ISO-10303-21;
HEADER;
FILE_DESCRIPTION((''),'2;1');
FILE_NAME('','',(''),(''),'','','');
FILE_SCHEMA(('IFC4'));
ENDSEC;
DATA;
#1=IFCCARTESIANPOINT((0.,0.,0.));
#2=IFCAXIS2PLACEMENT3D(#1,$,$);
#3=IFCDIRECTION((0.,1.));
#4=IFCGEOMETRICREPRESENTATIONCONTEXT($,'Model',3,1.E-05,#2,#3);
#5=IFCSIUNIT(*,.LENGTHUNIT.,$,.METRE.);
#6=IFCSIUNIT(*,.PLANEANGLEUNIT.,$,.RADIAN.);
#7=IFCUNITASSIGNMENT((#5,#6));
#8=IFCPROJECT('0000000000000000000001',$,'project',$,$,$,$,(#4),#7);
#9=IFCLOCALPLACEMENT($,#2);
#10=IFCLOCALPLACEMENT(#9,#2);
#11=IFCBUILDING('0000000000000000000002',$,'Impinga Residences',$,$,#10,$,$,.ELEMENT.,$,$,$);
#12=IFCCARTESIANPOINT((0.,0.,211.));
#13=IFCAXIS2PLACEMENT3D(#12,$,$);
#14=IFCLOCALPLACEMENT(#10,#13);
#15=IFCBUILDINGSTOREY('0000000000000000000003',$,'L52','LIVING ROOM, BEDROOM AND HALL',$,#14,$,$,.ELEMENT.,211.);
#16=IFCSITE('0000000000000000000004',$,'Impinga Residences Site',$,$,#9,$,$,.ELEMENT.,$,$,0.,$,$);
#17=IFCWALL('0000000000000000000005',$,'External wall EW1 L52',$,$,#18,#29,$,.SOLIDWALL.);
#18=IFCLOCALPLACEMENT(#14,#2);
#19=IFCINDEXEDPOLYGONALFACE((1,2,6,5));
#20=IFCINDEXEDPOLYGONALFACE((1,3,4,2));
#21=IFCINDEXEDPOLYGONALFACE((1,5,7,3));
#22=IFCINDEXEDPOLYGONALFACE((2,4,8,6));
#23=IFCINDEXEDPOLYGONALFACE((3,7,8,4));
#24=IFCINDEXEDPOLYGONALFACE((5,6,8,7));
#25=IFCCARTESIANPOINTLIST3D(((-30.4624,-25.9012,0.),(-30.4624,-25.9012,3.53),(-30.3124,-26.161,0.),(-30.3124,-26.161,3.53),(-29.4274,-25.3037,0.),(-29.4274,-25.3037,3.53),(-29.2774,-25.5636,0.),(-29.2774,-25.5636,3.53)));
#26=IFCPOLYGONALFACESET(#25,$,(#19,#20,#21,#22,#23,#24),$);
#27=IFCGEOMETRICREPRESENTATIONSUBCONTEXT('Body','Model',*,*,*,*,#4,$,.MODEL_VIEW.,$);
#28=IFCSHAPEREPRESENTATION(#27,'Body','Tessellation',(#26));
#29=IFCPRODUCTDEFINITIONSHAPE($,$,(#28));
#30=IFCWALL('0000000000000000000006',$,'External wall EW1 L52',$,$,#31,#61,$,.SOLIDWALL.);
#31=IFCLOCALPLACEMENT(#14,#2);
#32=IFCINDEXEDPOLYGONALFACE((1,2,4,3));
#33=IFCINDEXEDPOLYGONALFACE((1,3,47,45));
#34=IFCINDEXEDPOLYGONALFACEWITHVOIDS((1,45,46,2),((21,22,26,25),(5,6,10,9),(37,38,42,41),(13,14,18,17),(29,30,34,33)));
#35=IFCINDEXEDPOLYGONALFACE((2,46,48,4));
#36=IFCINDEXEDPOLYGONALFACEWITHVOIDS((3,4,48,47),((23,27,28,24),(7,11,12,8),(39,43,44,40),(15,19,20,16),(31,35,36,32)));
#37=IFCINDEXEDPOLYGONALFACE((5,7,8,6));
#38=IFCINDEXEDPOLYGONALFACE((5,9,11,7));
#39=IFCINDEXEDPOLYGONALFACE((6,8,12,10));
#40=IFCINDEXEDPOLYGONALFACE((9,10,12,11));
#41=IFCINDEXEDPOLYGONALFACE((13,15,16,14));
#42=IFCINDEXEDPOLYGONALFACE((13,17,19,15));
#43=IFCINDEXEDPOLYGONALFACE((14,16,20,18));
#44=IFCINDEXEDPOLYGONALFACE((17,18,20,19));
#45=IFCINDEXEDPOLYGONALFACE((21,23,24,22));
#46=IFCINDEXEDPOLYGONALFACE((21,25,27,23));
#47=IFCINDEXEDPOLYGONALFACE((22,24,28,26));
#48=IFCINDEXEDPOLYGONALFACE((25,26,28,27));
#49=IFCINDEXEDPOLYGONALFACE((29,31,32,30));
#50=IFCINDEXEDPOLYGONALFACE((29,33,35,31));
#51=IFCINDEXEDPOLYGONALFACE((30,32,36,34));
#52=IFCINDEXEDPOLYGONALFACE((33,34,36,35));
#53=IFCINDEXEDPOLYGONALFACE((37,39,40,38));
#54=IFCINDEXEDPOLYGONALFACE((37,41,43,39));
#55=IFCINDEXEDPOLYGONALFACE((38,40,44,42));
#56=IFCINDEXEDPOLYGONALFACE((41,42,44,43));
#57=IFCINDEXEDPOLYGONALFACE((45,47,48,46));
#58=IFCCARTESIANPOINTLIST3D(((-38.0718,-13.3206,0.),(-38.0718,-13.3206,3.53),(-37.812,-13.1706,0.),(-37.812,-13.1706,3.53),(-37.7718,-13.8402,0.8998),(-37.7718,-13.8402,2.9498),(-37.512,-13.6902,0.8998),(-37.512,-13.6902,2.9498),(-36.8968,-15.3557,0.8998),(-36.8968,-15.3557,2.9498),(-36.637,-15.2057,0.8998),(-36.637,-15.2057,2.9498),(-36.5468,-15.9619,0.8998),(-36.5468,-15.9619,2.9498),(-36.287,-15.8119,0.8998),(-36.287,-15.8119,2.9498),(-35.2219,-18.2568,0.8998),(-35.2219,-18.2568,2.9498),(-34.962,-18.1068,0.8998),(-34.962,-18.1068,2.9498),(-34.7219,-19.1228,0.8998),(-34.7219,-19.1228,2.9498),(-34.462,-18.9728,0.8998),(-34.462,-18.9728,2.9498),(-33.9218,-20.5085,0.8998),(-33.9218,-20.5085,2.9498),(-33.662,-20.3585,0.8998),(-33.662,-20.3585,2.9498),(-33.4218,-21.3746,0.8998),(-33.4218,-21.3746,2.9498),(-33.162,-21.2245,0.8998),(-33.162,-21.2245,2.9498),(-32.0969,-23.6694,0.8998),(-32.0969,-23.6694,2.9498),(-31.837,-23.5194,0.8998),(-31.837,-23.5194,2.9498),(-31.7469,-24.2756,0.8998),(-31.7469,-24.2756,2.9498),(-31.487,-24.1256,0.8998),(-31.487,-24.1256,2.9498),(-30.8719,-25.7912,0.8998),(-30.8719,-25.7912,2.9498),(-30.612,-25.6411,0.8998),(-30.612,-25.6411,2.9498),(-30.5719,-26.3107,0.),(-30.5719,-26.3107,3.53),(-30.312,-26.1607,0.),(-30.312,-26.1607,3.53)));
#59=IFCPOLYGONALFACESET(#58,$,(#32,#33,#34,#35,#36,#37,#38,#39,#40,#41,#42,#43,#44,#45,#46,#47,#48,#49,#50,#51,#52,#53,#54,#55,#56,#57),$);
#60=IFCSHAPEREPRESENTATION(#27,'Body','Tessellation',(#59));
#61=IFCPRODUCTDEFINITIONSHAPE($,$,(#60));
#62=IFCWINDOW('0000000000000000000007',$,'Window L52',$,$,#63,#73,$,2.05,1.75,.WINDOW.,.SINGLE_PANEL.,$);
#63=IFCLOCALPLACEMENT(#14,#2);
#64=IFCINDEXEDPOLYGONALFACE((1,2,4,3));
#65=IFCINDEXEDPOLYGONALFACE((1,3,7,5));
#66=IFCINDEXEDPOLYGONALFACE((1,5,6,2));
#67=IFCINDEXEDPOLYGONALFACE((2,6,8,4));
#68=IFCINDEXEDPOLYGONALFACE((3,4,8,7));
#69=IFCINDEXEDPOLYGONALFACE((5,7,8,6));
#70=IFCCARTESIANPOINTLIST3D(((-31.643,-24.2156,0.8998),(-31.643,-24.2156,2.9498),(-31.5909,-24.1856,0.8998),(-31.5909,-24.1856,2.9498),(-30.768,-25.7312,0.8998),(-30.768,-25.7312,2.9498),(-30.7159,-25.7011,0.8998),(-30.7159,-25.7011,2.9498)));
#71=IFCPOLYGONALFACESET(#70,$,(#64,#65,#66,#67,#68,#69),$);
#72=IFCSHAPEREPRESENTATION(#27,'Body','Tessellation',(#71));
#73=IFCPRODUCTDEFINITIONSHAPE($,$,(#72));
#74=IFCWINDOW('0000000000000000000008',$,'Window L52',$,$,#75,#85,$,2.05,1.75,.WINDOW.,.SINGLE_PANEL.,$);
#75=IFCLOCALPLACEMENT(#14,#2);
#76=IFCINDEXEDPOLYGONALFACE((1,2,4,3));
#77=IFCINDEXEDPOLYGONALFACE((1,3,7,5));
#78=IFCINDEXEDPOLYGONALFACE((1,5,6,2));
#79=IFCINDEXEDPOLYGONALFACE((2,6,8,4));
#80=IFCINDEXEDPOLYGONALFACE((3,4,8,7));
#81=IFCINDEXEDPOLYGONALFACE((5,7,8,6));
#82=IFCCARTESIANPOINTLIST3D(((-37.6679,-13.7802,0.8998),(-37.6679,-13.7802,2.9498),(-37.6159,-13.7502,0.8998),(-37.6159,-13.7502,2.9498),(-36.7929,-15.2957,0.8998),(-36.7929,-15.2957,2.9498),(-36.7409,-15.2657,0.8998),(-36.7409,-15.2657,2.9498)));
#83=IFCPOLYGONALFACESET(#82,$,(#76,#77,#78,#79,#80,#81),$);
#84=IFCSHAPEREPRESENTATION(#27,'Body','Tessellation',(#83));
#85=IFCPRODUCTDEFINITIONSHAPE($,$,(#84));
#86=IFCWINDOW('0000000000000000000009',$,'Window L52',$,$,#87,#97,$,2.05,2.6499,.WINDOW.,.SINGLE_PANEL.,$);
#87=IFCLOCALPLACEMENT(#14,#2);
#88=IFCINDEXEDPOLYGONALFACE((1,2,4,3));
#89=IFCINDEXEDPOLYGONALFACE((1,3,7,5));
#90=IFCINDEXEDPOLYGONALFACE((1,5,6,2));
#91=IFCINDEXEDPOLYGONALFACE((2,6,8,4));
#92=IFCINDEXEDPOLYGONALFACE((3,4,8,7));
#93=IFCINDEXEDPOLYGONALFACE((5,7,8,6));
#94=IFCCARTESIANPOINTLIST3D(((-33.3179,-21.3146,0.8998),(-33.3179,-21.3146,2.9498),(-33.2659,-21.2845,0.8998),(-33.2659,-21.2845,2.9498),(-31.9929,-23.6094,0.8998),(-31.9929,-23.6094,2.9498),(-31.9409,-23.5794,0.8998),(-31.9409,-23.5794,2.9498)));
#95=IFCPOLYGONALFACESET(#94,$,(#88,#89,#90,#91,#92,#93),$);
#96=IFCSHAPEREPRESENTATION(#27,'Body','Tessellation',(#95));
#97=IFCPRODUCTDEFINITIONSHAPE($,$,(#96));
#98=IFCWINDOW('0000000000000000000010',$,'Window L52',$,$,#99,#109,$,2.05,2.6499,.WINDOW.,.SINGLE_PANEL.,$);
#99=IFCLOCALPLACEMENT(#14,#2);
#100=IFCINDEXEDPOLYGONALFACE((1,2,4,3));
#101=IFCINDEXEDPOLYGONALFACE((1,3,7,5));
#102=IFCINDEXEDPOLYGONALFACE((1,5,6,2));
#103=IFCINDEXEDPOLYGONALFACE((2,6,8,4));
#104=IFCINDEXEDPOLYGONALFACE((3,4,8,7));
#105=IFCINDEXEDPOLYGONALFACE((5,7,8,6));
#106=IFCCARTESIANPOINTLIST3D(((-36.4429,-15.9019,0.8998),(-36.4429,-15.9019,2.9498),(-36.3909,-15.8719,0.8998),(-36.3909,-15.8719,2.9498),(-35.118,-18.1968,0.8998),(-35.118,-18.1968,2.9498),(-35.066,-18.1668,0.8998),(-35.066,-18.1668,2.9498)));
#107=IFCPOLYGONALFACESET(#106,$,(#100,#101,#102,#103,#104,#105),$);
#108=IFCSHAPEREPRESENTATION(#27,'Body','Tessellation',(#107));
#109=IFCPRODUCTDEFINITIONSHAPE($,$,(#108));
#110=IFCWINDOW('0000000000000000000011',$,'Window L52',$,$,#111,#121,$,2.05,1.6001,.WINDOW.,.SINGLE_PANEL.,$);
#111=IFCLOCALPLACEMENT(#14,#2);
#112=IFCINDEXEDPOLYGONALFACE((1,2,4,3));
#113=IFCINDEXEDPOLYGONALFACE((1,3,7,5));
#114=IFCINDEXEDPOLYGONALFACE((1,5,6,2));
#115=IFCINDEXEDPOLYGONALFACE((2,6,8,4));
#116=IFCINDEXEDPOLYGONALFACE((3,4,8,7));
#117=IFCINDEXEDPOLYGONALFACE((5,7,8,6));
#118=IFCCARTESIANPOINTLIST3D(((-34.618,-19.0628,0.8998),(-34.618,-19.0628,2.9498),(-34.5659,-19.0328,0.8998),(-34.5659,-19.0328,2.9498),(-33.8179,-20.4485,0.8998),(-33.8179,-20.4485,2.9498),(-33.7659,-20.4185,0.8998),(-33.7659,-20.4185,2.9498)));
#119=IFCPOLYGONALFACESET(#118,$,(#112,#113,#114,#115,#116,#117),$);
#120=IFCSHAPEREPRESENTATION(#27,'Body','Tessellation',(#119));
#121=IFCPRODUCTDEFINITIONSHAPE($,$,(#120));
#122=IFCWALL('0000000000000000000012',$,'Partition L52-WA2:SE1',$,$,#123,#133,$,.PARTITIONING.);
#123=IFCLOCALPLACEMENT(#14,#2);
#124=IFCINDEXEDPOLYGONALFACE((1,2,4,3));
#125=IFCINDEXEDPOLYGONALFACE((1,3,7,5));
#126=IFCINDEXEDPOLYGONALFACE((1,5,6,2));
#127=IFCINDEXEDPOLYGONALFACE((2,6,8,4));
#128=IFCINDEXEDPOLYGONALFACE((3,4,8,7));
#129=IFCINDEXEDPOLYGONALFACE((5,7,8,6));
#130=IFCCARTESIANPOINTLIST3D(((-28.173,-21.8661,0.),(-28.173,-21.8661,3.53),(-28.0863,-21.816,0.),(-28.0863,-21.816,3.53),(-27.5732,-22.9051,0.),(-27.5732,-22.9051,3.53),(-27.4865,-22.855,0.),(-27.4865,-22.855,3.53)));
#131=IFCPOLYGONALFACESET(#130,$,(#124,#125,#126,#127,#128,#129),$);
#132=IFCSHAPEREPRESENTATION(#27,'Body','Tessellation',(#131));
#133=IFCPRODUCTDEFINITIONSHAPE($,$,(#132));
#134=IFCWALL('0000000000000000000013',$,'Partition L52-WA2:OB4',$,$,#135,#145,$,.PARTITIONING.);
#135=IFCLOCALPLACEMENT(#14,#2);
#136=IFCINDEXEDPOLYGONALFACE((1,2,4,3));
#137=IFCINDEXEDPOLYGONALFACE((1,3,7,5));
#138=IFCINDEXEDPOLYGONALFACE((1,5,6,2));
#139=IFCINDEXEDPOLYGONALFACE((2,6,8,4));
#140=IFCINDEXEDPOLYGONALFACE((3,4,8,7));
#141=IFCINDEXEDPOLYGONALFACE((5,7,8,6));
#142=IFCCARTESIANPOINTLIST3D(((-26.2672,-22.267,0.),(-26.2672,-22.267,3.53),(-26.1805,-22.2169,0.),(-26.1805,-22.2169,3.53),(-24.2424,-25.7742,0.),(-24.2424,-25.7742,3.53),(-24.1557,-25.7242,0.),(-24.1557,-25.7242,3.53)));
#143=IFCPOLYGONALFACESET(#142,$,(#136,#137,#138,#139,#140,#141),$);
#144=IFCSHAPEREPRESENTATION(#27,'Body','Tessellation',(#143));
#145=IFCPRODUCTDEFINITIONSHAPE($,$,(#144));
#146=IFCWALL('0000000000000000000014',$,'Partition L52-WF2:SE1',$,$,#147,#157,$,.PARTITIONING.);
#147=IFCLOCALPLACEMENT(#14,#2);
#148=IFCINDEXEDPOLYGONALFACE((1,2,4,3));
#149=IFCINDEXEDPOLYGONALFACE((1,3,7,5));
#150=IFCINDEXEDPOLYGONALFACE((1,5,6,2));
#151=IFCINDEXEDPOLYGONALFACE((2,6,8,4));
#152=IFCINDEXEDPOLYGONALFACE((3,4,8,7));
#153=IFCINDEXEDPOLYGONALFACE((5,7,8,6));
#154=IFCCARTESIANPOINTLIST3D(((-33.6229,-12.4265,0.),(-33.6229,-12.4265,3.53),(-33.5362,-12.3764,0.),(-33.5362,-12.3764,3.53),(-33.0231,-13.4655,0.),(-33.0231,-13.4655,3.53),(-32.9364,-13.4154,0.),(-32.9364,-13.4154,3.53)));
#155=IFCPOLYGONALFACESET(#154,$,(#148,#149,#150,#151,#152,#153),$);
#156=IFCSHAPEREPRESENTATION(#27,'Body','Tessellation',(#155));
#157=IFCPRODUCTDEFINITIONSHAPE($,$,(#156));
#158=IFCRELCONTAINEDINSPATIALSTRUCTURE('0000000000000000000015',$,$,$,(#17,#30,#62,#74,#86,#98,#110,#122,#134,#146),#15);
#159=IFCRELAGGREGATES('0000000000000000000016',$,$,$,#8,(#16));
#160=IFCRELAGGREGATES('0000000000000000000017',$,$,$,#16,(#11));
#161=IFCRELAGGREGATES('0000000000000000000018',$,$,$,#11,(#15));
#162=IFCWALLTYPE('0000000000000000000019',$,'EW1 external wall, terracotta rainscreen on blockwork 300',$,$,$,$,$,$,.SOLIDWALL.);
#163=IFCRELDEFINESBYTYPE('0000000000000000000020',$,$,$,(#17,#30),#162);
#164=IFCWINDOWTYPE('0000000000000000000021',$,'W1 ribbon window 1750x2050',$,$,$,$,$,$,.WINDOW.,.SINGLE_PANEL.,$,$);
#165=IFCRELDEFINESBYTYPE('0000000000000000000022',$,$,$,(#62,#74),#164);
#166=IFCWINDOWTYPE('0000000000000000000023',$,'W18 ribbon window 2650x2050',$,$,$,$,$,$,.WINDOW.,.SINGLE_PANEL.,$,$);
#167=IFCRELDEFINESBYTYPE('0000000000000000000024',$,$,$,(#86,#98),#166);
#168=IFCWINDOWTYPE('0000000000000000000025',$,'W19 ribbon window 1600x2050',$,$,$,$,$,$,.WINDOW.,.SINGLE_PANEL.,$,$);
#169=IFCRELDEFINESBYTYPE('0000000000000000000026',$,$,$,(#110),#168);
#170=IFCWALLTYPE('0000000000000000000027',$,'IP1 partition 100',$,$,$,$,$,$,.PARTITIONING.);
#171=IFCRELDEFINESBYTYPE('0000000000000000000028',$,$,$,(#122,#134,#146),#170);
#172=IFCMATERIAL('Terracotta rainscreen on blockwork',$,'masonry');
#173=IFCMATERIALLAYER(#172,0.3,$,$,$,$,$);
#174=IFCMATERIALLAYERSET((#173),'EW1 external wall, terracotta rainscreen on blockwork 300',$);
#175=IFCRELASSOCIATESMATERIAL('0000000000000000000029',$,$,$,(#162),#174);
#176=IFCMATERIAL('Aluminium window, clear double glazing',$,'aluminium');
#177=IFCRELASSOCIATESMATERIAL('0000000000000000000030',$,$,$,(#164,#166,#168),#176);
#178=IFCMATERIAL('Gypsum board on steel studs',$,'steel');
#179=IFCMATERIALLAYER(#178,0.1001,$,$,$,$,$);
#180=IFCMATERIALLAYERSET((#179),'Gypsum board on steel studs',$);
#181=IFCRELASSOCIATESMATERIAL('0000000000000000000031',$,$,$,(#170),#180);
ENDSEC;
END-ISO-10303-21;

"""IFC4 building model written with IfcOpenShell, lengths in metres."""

from ifc_helpers import new_model, si_unit, direction, frame, frame_2d, origin, place, context, subcontext, project, spatial, rectangle, extrude, material, layer, layer_set, type_object, element, fill, save


model = new_model("IFC4")

# Units and contexts
model_context = context("Model", 3, precision=1e-05, world=origin(), true_north=direction((0.0, 1.0)))
body_context = subcontext(model_context, "Body", "Model", "MODEL_VIEW")
ifc_project = project(units=[si_unit("LENGTHUNIT", "METRE"), si_unit("PLANEANGLEUNIT", "RADIAN")], contexts=[model_context])

# Site, building, storey
site_placement = place(None, origin())
site = spatial("IfcSite", under=ifc_project, at=site_placement, Name="Impinga Residences Site", CompositionType="ELEMENT", RefElevation=0.0)
building_placement = place(site_placement, origin())
building = spatial("IfcBuilding", under=site, at=building_placement, Name="Impinga Residences", CompositionType="ELEMENT")
storey_placement = place(building_placement, frame((0.0, 0.0, 211.0)))
storey = spatial("IfcBuildingStorey", under=building, at=storey_placement, Name="L52", Description="LIVING ROOM, BEDROOM AND HALL", CompositionType="ELEMENT", Elevation=211.0)

# Wall
ifc_material_1 = material(Name="Terracotta rainscreen on blockwork", Category="masonry")
ifc_layer_1 = layer(ifc_material_1, 0.3)
ifc_layer_set_1 = layer_set([ifc_layer_1], Name="EW1 external wall, terracotta rainscreen on blockwork 300")
wall_type_1 = type_object("IfcWallType", Name="EW1 external wall, terracotta rainscreen on blockwork 300", PredefinedType="SOLIDWALL", material=ifc_layer_set_1)
wall_1_placement = place(storey_placement, frame((-29.3523, -25.4336, 0.0), z_axis=(0.0, 0.0, 1.0), x_axis=(-0.86606, -0.499941, 0.0)))
element("IfcWall", 1, at=wall_1_placement, inside=storey, type_object=wall_type_1, Name="External wall EW1 L52", PredefinedType="SOLIDWALL", context=body_context, shape_type="SweptSolid", body=[
    extrude(rectangle(XDim=1.1951, YDim=0.3, at=frame_2d((0.5977, 0.0))), origin(), (0.0, 0.0, 1.0), 3.53),
])

# Wall, openings, windows
wall_2_placement = place(storey_placement, frame((-30.4419, -26.2358, 0.0), z_axis=(0.0, 0.0, 1.0), x_axis=(-0.500004, 0.866023, 0.0)))
wall_2 = element("IfcWall", 2, at=wall_2_placement, inside=storey, type_object=wall_type_1, Name="External wall EW1 L52", PredefinedType="SOLIDWALL", context=body_context, shape_type="SweptSolid", body=[
    extrude(rectangle(XDim=14.9998, YDim=0.3, at=frame_2d((7.5, 0.0))), origin(), (0.0, 0.0, 1.0), 3.53),
])
opening_1_placement = place(wall_2_placement, frame((0.6001, 0.0, 0.8999)))
opening_1 = element("IfcOpeningElement", 3, at=opening_1_placement, cuts=wall_2, PredefinedType="OPENING", context=body_context, shape_type="SweptSolid", body=[
    extrude(rectangle(XDim=1.75, YDim=2.05, at=frame_2d((0.875, 1.0249))), frame((0.0, 0.1599, 0.0), z_axis=(0.0, -1.0, 0.0), x_axis=(1.0, 0.0, 0.0)), (0.0, 0.0, 1.0), 0.3201),
])
opening_2_placement = place(wall_2_placement, frame((3.05, 0.0, 0.8999)))
opening_2 = element("IfcOpeningElement", 4, at=opening_2_placement, cuts=wall_2, PredefinedType="OPENING", context=body_context, shape_type="SweptSolid", body=[
    extrude(rectangle(XDim=2.6499, YDim=2.05, at=frame_2d((1.325, 1.0249))), frame((0.0, 0.1599, 0.0), z_axis=(0.0, -1.0, 0.0), x_axis=(1.0, 0.0, 0.0)), (0.0, 0.0, 1.0), 0.3201),
])
opening_3_placement = place(wall_2_placement, frame((6.7, 0.0, 0.8999)))
opening_3 = element("IfcOpeningElement", 5, at=opening_3_placement, cuts=wall_2, PredefinedType="OPENING", context=body_context, shape_type="SweptSolid", body=[
    extrude(rectangle(XDim=1.6001, YDim=2.05, at=frame_2d((0.8, 1.0249))), frame((0.0, 0.1599, 0.0), z_axis=(0.0, -1.0, 0.0), x_axis=(1.0, 0.0, 0.0)), (0.0, 0.0, 1.0), 0.3201),
])
opening_4_placement = place(wall_2_placement, frame((9.3, 0.0, 0.8999)))
opening_4 = element("IfcOpeningElement", 6, at=opening_4_placement, cuts=wall_2, PredefinedType="OPENING", context=body_context, shape_type="SweptSolid", body=[
    extrude(rectangle(XDim=2.6499, YDim=2.05, at=frame_2d((1.325, 1.0249))), frame((0.0, 0.1599, 0.0), z_axis=(0.0, -1.0, 0.0), x_axis=(1.0, 0.0, 0.0)), (0.0, 0.0, 1.0), 0.3201),
])
opening_5_placement = place(wall_2_placement, frame((12.6499, 0.0, 0.8999)))
opening_5 = element("IfcOpeningElement", 7, at=opening_5_placement, cuts=wall_2, PredefinedType="OPENING", context=body_context, shape_type="SweptSolid", body=[
    extrude(rectangle(XDim=1.75, YDim=2.05, at=frame_2d((0.875, 1.0249))), frame((0.0, 0.1599, 0.0), z_axis=(0.0, -1.0, 0.0), x_axis=(1.0, 0.0, 0.0)), (0.0, 0.0, 1.0), 0.3201),
])
ifc_material_2 = material(Name="Aluminium window, clear double glazing", Category="aluminium")
window_type_1 = type_object("IfcWindowType", Name="W1 ribbon window 1750x2050", PartitioningType="SINGLE_PANEL", PredefinedType="WINDOW", material=ifc_material_2)
window_1_placement = place(opening_1_placement, origin())
window_1 = element("IfcWindow", 8, at=window_1_placement, inside=storey, type_object=window_type_1, Name="Window L52", OverallHeight=2.05, OverallWidth=1.75, PartitioningType="SINGLE_PANEL", PredefinedType="WINDOW", context=body_context, shape_type="SweptSolid", body=[
    extrude(rectangle(XDim=1.75, YDim=2.05, at=frame_2d((0.875, 1.0249))), frame((0.0, 0.03, 0.0), z_axis=(0.0, -1.0, 0.0), x_axis=(1.0, 0.0, 0.0)), (0.0, 0.0, 1.0), 0.0601),
])
fill(opening_1, window_1)
window_2_placement = place(opening_5_placement, origin())
window_2 = element("IfcWindow", 9, at=window_2_placement, inside=storey, type_object=window_type_1, Name="Window L52", OverallHeight=2.05, OverallWidth=1.75, PartitioningType="SINGLE_PANEL", PredefinedType="WINDOW", context=body_context, shape_type="SweptSolid", body=[
    extrude(rectangle(XDim=1.75, YDim=2.05, at=frame_2d((0.875, 1.0249))), frame((0.0, 0.03, 0.0), z_axis=(0.0, -1.0, 0.0), x_axis=(1.0, 0.0, 0.0)), (0.0, 0.0, 1.0), 0.0601),
])
fill(opening_5, window_2)
window_type_2 = type_object("IfcWindowType", Name="W18 ribbon window 2650x2050", PartitioningType="SINGLE_PANEL", PredefinedType="WINDOW", material=ifc_material_2)
window_3_placement = place(opening_2_placement, origin())
window_3 = element("IfcWindow", 10, at=window_3_placement, inside=storey, type_object=window_type_2, Name="Window L52", OverallHeight=2.05, OverallWidth=2.6499, PartitioningType="SINGLE_PANEL", PredefinedType="WINDOW", context=body_context, shape_type="SweptSolid", body=[
    extrude(rectangle(XDim=2.6499, YDim=2.05, at=frame_2d((1.325, 1.0249))), frame((0.0, 0.03, 0.0), z_axis=(0.0, -1.0, 0.0), x_axis=(1.0, 0.0, 0.0)), (0.0, 0.0, 1.0), 0.0601),
])
fill(opening_2, window_3)
window_4_placement = place(opening_4_placement, origin())
window_4 = element("IfcWindow", 11, at=window_4_placement, inside=storey, type_object=window_type_2, Name="Window L52", OverallHeight=2.05, OverallWidth=2.6499, PartitioningType="SINGLE_PANEL", PredefinedType="WINDOW", context=body_context, shape_type="SweptSolid", body=[
    extrude(rectangle(XDim=2.6499, YDim=2.05, at=frame_2d((1.325, 1.0249))), frame((0.0, 0.03, 0.0), z_axis=(0.0, -1.0, 0.0), x_axis=(1.0, 0.0, 0.0)), (0.0, 0.0, 1.0), 0.0601),
])
fill(opening_4, window_4)
window_type_3 = type_object("IfcWindowType", Name="W19 ribbon window 1600x2050", PartitioningType="SINGLE_PANEL", PredefinedType="WINDOW", material=ifc_material_2)
window_5_placement = place(opening_3_placement, origin())
window_5 = element("IfcWindow", 12, at=window_5_placement, inside=storey, type_object=window_type_3, Name="Window L52", OverallHeight=2.05, OverallWidth=1.6001, PartitioningType="SINGLE_PANEL", PredefinedType="WINDOW", context=body_context, shape_type="SweptSolid", body=[
    extrude(rectangle(XDim=1.6001, YDim=2.05, at=frame_2d((0.8, 1.0249))), frame((0.0, 0.03, 0.0), z_axis=(0.0, -1.0, 0.0), x_axis=(1.0, 0.0, 0.0)), (0.0, 0.0, 1.0), 0.0601),
])
fill(opening_3, window_5)

# Walls
ifc_material_3 = material(Name="Gypsum board on steel studs", Category="steel")
ifc_layer_2 = layer(ifc_material_3, 0.1001)
ifc_layer_set_2 = layer_set([ifc_layer_2], Name="Gypsum board on steel studs")
wall_type_2 = type_object("IfcWallType", Name="IP1 partition 100", PredefinedType="PARTITIONING", material=ifc_layer_set_2)
wall_3_placement = place(storey_placement, frame((-28.1296, -21.8411, 0.0), z_axis=(0.0, 0.0, 1.0), x_axis=(0.499969, -0.866043, 0.0)))
element("IfcWall", 13, at=wall_3_placement, inside=storey, type_object=wall_type_2, Name="Partition L52-WA2:SE1", PredefinedType="PARTITIONING", context=body_context, shape_type="SweptSolid", body=[
    extrude(rectangle(XDim=1.1997, YDim=0.1001, at=frame_2d((0.5999, 0.0))), origin(), (0.0, 0.0, 1.0), 3.53),
])
wall_4_placement = place(storey_placement, frame((-26.2239, -22.2419, 0.0), z_axis=(0.0, 0.0, 1.0), x_axis=(0.49999, -0.866031, 0.0)))
element("IfcWall", 14, at=wall_4_placement, inside=storey, type_object=wall_type_2, Name="Partition L52-WA2:OB4", PredefinedType="PARTITIONING", context=body_context, shape_type="SweptSolid", body=[
    extrude(rectangle(XDim=4.0498, YDim=0.1001, at=frame_2d((2.0249, 0.0))), origin(), (0.0, 0.0, 1.0), 3.53),
])
wall_5_placement = place(storey_placement, frame((-32.9797, -13.4404, 0.0), z_axis=(0.0, 0.0, 1.0), x_axis=(-0.499969, 0.866043, 0.0)))
element("IfcWall", 15, at=wall_5_placement, inside=storey, type_object=wall_type_2, Name="Partition L52-WF2:SE1", PredefinedType="PARTITIONING", context=body_context, shape_type="SweptSolid", body=[
    extrude(rectangle(XDim=1.1997, YDim=0.1001, at=frame_2d((0.5999, 0.0))), origin(), (0.0, 0.0, 1.0), 3.53),
])

save(model, "model.ifc")
